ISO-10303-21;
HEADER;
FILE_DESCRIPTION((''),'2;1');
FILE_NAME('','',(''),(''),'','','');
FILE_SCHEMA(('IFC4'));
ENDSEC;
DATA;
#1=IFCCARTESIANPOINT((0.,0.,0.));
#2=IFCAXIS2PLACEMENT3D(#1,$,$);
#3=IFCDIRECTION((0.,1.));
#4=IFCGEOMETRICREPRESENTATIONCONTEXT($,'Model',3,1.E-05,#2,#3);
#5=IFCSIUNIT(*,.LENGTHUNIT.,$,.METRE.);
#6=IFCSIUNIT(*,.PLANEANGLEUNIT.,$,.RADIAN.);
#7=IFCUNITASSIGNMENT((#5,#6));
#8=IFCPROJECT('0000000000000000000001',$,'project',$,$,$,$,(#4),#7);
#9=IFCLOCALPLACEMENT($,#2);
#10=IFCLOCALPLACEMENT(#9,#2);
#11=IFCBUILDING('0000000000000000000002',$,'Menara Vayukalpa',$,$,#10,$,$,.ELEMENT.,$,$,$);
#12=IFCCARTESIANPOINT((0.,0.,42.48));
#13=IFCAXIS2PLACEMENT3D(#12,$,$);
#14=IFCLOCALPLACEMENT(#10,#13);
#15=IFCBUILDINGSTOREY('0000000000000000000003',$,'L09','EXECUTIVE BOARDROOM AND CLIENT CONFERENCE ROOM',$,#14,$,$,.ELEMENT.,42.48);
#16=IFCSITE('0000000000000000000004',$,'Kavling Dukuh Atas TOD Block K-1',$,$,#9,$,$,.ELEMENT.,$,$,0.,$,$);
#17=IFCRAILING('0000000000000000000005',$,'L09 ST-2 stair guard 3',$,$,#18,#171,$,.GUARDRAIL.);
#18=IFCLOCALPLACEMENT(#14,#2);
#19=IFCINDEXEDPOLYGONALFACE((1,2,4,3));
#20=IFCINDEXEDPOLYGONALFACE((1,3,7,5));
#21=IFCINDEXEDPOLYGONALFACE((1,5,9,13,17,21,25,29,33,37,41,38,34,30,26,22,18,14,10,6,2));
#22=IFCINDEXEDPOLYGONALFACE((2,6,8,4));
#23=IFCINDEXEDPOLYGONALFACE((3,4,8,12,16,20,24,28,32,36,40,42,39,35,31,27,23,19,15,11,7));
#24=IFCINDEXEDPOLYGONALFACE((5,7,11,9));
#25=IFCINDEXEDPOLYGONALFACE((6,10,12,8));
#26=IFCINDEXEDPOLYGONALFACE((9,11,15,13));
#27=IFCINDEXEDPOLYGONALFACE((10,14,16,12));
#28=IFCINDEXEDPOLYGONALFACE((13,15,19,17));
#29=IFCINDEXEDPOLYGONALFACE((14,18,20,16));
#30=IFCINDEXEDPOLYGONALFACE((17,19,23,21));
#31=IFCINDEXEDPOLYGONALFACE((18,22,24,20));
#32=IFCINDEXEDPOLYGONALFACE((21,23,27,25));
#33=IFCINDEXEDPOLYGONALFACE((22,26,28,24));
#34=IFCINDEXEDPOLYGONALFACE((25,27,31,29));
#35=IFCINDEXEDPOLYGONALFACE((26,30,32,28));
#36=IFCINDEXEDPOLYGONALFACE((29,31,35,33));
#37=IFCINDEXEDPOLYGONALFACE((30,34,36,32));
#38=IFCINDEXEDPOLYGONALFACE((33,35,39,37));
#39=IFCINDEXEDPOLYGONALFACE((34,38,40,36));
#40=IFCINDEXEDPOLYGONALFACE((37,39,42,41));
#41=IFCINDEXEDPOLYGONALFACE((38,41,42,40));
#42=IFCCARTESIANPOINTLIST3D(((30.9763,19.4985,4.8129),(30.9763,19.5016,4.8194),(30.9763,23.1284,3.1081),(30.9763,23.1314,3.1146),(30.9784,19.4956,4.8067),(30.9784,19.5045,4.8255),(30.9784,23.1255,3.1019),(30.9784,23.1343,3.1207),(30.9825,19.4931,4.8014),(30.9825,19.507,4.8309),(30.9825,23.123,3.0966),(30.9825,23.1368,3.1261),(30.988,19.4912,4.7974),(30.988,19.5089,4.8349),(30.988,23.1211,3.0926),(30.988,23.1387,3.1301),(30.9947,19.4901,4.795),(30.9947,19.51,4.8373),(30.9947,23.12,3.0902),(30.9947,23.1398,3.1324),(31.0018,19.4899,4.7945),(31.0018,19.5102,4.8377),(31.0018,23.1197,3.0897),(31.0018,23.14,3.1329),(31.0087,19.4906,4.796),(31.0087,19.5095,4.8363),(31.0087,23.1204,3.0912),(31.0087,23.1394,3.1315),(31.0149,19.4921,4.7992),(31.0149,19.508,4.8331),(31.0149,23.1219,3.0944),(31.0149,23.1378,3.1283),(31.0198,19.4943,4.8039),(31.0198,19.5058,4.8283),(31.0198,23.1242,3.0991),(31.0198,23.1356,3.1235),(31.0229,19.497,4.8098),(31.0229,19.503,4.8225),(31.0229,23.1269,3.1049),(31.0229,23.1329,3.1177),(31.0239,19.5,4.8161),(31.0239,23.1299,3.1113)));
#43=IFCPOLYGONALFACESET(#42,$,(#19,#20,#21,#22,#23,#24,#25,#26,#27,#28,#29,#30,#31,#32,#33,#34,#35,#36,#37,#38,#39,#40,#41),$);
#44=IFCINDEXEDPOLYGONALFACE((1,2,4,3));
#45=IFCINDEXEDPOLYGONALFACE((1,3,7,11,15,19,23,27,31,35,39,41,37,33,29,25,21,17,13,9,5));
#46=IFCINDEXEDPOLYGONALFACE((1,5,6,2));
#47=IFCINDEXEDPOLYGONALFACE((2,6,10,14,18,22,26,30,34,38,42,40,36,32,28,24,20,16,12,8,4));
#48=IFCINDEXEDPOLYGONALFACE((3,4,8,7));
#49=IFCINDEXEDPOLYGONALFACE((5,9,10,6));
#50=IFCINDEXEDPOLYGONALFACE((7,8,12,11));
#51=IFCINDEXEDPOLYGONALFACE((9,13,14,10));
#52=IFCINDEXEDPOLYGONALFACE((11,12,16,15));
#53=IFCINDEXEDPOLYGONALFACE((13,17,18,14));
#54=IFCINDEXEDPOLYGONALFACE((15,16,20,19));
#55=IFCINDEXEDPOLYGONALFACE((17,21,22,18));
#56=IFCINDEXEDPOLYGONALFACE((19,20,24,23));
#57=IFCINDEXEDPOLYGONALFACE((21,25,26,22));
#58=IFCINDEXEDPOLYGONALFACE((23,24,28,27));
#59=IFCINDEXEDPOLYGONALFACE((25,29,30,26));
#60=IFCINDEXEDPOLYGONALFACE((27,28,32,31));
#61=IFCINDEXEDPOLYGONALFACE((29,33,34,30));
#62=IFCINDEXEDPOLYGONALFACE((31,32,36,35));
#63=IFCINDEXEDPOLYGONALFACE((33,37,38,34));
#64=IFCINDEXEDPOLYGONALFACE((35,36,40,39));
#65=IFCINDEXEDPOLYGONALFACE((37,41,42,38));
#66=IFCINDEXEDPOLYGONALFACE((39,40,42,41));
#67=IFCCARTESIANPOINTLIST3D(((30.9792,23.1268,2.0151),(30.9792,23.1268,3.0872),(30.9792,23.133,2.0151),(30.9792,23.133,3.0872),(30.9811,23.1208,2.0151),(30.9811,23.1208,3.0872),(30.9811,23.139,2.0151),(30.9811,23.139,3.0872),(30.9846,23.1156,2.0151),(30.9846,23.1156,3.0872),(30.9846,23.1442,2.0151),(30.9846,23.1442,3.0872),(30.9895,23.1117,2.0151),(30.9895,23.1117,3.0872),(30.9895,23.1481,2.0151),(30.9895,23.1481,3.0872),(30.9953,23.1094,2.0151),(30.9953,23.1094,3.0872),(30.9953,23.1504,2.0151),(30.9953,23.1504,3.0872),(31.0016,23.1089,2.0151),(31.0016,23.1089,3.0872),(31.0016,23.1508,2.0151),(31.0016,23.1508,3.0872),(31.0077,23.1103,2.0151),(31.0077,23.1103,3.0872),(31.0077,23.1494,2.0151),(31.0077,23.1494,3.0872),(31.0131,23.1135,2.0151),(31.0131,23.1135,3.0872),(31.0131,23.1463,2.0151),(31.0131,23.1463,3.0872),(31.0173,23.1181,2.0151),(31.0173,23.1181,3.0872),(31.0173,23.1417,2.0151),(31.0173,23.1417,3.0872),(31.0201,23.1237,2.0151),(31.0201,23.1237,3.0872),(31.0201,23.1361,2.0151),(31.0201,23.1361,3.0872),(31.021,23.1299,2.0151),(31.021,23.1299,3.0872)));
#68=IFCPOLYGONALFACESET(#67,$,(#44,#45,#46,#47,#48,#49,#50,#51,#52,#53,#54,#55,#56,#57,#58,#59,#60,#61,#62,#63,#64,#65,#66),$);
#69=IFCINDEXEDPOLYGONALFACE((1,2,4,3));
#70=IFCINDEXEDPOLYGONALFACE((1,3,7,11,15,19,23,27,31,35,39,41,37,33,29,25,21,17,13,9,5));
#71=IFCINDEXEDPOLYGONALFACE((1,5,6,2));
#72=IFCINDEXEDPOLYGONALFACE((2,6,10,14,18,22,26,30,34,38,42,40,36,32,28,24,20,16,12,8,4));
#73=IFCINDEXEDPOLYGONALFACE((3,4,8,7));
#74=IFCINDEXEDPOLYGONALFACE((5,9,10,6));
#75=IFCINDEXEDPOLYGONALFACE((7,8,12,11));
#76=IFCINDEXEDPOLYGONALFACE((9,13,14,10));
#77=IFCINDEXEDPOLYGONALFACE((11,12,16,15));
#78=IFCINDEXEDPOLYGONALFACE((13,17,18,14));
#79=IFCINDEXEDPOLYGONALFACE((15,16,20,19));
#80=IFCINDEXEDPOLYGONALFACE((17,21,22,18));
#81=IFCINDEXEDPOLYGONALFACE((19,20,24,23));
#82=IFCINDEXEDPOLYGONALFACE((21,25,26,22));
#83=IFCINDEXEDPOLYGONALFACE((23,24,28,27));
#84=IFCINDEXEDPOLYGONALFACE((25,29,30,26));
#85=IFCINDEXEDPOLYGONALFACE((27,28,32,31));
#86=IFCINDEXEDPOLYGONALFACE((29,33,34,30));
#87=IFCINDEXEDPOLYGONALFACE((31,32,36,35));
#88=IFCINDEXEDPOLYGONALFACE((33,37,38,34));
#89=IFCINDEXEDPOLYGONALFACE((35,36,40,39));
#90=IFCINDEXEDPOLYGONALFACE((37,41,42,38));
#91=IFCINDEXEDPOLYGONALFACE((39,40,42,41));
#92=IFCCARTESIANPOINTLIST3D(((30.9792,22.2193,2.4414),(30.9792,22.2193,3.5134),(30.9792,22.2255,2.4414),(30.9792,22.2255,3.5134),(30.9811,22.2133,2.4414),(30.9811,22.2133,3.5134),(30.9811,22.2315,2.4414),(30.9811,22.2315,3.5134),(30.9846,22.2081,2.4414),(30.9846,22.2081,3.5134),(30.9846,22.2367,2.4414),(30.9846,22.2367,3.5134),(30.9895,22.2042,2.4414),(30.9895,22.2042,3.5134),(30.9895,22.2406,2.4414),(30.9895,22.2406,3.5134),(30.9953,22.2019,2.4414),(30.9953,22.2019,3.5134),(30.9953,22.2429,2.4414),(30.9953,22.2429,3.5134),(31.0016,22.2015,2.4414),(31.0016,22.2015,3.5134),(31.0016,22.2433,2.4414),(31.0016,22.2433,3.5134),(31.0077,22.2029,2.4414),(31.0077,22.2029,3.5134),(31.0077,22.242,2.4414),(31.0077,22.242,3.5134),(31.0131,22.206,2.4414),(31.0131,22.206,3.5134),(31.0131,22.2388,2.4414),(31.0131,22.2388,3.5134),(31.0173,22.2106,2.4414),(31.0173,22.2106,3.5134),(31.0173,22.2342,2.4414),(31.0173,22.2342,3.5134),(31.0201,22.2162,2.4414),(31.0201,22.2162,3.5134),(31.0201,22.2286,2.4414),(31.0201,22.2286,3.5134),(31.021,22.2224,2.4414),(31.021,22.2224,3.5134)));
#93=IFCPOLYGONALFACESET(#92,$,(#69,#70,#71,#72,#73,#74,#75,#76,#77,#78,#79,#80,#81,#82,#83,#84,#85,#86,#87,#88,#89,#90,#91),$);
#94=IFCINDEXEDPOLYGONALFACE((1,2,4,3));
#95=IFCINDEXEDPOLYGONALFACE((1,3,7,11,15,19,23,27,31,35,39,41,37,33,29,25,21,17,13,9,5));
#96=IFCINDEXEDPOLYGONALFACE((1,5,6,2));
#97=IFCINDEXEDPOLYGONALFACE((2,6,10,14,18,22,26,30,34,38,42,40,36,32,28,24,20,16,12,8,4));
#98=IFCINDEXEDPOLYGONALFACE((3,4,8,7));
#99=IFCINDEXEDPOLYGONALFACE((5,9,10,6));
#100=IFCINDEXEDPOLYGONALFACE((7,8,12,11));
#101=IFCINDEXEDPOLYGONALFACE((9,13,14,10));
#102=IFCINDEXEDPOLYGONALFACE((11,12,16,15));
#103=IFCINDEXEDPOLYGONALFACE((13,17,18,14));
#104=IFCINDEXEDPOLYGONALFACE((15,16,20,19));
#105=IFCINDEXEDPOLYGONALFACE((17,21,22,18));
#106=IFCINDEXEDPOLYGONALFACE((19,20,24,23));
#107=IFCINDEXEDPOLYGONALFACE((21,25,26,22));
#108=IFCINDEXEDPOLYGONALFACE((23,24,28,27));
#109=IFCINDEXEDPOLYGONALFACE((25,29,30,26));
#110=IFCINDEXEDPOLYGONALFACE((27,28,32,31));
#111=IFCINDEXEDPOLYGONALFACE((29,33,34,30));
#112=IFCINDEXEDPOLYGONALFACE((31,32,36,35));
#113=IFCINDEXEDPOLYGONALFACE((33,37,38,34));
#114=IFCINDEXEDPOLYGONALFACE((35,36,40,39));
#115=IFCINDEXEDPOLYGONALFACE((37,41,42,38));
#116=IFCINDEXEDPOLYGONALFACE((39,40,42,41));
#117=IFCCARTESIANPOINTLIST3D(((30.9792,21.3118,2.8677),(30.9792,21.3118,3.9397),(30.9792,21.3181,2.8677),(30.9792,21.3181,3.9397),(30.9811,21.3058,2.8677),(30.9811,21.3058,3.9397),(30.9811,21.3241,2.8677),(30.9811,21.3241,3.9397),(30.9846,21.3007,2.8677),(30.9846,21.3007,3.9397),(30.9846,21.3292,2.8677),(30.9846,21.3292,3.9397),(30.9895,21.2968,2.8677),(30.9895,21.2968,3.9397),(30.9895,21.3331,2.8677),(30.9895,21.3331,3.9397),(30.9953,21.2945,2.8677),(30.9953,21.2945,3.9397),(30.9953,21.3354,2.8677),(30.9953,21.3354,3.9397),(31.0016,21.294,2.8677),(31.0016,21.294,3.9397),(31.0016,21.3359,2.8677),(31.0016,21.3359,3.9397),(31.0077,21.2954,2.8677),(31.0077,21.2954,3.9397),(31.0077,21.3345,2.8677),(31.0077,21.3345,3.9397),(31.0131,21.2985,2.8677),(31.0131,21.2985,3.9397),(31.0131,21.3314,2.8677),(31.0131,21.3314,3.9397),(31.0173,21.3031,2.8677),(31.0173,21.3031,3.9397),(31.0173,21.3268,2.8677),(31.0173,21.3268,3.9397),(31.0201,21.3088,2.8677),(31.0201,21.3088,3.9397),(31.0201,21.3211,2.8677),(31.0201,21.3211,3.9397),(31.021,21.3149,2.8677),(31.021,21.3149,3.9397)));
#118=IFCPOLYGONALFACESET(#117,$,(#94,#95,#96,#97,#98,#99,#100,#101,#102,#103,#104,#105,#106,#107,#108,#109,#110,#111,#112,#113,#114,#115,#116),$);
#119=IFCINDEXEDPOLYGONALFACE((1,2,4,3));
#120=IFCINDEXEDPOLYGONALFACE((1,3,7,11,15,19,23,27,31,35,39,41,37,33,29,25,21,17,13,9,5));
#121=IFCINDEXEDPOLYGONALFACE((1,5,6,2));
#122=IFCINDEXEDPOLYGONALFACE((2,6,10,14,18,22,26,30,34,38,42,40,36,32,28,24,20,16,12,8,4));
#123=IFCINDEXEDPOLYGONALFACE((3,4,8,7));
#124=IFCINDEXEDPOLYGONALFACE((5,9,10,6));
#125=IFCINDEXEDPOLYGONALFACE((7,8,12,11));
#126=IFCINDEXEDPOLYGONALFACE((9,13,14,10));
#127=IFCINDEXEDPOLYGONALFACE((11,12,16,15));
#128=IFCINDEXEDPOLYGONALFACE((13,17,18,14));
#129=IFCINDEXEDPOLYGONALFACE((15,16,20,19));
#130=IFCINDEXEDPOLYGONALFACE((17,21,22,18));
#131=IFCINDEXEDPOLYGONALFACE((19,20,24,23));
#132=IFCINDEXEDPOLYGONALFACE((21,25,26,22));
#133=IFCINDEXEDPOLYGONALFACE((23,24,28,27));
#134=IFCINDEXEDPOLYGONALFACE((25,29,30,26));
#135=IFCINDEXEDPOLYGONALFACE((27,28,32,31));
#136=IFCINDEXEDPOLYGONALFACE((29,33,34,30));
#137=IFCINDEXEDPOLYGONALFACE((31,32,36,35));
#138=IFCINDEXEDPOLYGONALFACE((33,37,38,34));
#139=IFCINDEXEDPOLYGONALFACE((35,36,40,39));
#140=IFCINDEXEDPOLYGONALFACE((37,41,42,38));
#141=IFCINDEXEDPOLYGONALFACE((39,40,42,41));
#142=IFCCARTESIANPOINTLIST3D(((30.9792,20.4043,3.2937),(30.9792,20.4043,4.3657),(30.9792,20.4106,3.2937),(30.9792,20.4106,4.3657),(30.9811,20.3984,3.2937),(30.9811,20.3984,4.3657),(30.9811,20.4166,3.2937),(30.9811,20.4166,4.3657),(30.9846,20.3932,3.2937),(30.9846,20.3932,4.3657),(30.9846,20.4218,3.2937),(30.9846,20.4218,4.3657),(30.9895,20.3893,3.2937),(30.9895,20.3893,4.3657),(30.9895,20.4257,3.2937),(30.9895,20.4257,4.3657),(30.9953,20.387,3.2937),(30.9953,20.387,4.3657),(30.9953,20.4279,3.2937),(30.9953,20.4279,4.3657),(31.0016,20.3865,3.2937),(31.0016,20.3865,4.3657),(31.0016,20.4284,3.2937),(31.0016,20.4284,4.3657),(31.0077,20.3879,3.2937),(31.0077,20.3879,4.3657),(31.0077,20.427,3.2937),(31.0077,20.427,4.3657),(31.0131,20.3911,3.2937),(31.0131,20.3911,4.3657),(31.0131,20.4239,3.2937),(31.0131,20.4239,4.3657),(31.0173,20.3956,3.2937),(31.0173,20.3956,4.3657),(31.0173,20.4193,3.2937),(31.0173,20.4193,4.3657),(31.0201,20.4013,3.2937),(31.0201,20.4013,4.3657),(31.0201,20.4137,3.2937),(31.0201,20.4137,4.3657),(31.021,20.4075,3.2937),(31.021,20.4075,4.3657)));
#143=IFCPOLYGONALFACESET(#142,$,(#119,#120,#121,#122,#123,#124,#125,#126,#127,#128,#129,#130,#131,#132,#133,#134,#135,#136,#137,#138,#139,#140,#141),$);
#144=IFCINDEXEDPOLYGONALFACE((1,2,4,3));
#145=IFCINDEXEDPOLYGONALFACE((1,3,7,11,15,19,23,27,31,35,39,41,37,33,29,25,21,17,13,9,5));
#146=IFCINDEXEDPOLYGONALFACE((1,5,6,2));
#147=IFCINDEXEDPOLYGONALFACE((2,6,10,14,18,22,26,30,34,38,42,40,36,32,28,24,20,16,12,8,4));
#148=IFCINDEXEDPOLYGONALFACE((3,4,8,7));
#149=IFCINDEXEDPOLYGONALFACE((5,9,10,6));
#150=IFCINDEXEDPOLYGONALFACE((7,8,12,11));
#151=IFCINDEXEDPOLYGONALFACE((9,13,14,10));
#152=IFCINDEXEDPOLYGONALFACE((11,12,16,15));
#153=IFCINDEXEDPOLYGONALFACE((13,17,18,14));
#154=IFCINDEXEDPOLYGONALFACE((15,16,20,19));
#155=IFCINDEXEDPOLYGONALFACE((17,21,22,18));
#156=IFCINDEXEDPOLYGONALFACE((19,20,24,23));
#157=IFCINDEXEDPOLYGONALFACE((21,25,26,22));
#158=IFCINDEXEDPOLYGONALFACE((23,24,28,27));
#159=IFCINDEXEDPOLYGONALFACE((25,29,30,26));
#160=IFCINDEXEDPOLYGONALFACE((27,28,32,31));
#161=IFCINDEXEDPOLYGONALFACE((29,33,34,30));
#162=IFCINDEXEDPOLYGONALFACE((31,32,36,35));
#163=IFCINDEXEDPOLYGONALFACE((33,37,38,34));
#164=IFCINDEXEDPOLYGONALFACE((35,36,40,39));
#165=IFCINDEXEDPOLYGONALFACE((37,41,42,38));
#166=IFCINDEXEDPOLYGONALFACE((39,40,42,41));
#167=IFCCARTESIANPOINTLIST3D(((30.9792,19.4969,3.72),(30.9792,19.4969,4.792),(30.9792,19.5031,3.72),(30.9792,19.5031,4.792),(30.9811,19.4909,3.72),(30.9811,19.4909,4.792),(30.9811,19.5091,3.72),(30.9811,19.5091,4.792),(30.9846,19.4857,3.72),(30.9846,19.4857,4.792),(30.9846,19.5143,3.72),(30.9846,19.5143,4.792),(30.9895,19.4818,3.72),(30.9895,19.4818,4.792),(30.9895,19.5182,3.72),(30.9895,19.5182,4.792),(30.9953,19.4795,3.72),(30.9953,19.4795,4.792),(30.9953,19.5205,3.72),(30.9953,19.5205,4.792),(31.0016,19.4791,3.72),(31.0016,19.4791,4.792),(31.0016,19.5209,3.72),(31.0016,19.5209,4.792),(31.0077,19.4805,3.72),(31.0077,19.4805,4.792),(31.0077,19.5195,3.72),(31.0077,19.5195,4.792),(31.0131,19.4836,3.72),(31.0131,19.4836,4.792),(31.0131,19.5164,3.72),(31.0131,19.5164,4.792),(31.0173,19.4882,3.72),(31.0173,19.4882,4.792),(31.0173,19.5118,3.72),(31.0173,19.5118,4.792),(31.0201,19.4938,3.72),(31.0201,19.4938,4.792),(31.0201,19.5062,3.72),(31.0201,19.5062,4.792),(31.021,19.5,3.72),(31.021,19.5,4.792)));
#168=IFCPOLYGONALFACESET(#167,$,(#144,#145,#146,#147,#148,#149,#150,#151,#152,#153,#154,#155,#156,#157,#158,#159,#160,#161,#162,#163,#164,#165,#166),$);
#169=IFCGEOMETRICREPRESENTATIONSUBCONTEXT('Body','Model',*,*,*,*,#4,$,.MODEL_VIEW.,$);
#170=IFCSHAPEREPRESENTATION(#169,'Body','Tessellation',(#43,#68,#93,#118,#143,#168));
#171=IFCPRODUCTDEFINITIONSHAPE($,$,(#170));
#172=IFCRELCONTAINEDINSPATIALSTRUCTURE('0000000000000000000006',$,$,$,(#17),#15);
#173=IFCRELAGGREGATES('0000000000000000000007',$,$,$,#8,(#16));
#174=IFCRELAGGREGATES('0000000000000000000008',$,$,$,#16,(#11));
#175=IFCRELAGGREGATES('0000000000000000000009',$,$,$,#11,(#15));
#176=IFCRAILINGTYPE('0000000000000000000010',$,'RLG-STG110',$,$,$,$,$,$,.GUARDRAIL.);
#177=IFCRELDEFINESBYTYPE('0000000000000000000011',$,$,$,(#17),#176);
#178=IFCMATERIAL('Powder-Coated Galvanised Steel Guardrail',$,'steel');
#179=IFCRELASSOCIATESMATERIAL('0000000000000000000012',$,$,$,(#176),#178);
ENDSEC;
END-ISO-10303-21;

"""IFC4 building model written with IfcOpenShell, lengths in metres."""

from ifc_helpers import new_model, si_unit, direction, frame, origin, origin_2d, place, context, subcontext, project, spatial, circle, extrude, material, type_object, element, save


model = new_model("IFC4")

# Units and contexts
model_context = context("Model", 3, precision=1e-05, world=origin(), true_north=direction((0.0, 1.0)))
body_context = subcontext(model_context, "Body", "Model", "MODEL_VIEW")
ifc_project = project(units=[si_unit("LENGTHUNIT", "METRE"), si_unit("PLANEANGLEUNIT", "RADIAN")], contexts=[model_context])

# Site, building, storey
site_placement = place(None, origin())
site = spatial("IfcSite", under=ifc_project, at=site_placement, Name="Kavling Dukuh Atas TOD Block K-1", CompositionType="ELEMENT", RefElevation=0.0)
building_placement = place(site_placement, origin())
building = spatial("IfcBuilding", under=site, at=building_placement, Name="Menara Vayukalpa", CompositionType="ELEMENT")
storey_placement = place(building_placement, frame((0.0, 0.0, 42.48)))
storey = spatial("IfcBuildingStorey", under=building, at=storey_placement, Name="L09", Description="EXECUTIVE BOARDROOM AND CLIENT CONFERENCE ROOM", CompositionType="ELEMENT", Elevation=42.48)

# Railing
ifc_material_1 = material(Name="Powder-Coated Galvanised Steel Guardrail", Category="steel")
railing_type_1 = type_object("IfcRailingType", Name="RLG-STG110", PredefinedType="GUARDRAIL", material=ifc_material_1)
railing_1_placement = place(storey_placement, frame((31.0, 23.1299, 2.0151)))
element("IfcRailing", 1, at=railing_1_placement, inside=storey, type_object=railing_type_1, Name="L09 ST-2 stair guard 3", PredefinedType="GUARDRAIL", context=body_context, shape_type="SweptSolid", body=[
    extrude(circle(Radius=0.0239, at=origin_2d()), frame((0.0, 0.0, 1.0962), z_axis=(0.0, -0.90514, 0.425114), x_axis=(1.0, 0.0, 0.0)), (0.0, 0.0, 1.0), 4.0103),
    extrude(circle(Radius=0.021, at=origin_2d()), origin(), (0.0, 0.0, 1.0), 1.072),
    extrude(circle(Radius=0.021, at=origin_2d()), frame((0.0, -0.9075, 0.4263)), (0.0, 0.0, 1.0), 1.072),
    extrude(circle(Radius=0.021, at=origin_2d()), frame((0.0, -1.8149, 0.8525)), (0.0, 0.0, 1.0), 1.072),
    extrude(circle(Radius=0.021, at=origin_2d()), frame((0.0, -2.7224, 1.2786)), (0.0, 0.0, 1.0), 1.072),
    extrude(circle(Radius=0.021, at=origin_2d()), frame((0.0, -3.6299, 1.7048)), (0.0, 0.0, 1.0), 1.072),
])

save(model, "model.ifc")
